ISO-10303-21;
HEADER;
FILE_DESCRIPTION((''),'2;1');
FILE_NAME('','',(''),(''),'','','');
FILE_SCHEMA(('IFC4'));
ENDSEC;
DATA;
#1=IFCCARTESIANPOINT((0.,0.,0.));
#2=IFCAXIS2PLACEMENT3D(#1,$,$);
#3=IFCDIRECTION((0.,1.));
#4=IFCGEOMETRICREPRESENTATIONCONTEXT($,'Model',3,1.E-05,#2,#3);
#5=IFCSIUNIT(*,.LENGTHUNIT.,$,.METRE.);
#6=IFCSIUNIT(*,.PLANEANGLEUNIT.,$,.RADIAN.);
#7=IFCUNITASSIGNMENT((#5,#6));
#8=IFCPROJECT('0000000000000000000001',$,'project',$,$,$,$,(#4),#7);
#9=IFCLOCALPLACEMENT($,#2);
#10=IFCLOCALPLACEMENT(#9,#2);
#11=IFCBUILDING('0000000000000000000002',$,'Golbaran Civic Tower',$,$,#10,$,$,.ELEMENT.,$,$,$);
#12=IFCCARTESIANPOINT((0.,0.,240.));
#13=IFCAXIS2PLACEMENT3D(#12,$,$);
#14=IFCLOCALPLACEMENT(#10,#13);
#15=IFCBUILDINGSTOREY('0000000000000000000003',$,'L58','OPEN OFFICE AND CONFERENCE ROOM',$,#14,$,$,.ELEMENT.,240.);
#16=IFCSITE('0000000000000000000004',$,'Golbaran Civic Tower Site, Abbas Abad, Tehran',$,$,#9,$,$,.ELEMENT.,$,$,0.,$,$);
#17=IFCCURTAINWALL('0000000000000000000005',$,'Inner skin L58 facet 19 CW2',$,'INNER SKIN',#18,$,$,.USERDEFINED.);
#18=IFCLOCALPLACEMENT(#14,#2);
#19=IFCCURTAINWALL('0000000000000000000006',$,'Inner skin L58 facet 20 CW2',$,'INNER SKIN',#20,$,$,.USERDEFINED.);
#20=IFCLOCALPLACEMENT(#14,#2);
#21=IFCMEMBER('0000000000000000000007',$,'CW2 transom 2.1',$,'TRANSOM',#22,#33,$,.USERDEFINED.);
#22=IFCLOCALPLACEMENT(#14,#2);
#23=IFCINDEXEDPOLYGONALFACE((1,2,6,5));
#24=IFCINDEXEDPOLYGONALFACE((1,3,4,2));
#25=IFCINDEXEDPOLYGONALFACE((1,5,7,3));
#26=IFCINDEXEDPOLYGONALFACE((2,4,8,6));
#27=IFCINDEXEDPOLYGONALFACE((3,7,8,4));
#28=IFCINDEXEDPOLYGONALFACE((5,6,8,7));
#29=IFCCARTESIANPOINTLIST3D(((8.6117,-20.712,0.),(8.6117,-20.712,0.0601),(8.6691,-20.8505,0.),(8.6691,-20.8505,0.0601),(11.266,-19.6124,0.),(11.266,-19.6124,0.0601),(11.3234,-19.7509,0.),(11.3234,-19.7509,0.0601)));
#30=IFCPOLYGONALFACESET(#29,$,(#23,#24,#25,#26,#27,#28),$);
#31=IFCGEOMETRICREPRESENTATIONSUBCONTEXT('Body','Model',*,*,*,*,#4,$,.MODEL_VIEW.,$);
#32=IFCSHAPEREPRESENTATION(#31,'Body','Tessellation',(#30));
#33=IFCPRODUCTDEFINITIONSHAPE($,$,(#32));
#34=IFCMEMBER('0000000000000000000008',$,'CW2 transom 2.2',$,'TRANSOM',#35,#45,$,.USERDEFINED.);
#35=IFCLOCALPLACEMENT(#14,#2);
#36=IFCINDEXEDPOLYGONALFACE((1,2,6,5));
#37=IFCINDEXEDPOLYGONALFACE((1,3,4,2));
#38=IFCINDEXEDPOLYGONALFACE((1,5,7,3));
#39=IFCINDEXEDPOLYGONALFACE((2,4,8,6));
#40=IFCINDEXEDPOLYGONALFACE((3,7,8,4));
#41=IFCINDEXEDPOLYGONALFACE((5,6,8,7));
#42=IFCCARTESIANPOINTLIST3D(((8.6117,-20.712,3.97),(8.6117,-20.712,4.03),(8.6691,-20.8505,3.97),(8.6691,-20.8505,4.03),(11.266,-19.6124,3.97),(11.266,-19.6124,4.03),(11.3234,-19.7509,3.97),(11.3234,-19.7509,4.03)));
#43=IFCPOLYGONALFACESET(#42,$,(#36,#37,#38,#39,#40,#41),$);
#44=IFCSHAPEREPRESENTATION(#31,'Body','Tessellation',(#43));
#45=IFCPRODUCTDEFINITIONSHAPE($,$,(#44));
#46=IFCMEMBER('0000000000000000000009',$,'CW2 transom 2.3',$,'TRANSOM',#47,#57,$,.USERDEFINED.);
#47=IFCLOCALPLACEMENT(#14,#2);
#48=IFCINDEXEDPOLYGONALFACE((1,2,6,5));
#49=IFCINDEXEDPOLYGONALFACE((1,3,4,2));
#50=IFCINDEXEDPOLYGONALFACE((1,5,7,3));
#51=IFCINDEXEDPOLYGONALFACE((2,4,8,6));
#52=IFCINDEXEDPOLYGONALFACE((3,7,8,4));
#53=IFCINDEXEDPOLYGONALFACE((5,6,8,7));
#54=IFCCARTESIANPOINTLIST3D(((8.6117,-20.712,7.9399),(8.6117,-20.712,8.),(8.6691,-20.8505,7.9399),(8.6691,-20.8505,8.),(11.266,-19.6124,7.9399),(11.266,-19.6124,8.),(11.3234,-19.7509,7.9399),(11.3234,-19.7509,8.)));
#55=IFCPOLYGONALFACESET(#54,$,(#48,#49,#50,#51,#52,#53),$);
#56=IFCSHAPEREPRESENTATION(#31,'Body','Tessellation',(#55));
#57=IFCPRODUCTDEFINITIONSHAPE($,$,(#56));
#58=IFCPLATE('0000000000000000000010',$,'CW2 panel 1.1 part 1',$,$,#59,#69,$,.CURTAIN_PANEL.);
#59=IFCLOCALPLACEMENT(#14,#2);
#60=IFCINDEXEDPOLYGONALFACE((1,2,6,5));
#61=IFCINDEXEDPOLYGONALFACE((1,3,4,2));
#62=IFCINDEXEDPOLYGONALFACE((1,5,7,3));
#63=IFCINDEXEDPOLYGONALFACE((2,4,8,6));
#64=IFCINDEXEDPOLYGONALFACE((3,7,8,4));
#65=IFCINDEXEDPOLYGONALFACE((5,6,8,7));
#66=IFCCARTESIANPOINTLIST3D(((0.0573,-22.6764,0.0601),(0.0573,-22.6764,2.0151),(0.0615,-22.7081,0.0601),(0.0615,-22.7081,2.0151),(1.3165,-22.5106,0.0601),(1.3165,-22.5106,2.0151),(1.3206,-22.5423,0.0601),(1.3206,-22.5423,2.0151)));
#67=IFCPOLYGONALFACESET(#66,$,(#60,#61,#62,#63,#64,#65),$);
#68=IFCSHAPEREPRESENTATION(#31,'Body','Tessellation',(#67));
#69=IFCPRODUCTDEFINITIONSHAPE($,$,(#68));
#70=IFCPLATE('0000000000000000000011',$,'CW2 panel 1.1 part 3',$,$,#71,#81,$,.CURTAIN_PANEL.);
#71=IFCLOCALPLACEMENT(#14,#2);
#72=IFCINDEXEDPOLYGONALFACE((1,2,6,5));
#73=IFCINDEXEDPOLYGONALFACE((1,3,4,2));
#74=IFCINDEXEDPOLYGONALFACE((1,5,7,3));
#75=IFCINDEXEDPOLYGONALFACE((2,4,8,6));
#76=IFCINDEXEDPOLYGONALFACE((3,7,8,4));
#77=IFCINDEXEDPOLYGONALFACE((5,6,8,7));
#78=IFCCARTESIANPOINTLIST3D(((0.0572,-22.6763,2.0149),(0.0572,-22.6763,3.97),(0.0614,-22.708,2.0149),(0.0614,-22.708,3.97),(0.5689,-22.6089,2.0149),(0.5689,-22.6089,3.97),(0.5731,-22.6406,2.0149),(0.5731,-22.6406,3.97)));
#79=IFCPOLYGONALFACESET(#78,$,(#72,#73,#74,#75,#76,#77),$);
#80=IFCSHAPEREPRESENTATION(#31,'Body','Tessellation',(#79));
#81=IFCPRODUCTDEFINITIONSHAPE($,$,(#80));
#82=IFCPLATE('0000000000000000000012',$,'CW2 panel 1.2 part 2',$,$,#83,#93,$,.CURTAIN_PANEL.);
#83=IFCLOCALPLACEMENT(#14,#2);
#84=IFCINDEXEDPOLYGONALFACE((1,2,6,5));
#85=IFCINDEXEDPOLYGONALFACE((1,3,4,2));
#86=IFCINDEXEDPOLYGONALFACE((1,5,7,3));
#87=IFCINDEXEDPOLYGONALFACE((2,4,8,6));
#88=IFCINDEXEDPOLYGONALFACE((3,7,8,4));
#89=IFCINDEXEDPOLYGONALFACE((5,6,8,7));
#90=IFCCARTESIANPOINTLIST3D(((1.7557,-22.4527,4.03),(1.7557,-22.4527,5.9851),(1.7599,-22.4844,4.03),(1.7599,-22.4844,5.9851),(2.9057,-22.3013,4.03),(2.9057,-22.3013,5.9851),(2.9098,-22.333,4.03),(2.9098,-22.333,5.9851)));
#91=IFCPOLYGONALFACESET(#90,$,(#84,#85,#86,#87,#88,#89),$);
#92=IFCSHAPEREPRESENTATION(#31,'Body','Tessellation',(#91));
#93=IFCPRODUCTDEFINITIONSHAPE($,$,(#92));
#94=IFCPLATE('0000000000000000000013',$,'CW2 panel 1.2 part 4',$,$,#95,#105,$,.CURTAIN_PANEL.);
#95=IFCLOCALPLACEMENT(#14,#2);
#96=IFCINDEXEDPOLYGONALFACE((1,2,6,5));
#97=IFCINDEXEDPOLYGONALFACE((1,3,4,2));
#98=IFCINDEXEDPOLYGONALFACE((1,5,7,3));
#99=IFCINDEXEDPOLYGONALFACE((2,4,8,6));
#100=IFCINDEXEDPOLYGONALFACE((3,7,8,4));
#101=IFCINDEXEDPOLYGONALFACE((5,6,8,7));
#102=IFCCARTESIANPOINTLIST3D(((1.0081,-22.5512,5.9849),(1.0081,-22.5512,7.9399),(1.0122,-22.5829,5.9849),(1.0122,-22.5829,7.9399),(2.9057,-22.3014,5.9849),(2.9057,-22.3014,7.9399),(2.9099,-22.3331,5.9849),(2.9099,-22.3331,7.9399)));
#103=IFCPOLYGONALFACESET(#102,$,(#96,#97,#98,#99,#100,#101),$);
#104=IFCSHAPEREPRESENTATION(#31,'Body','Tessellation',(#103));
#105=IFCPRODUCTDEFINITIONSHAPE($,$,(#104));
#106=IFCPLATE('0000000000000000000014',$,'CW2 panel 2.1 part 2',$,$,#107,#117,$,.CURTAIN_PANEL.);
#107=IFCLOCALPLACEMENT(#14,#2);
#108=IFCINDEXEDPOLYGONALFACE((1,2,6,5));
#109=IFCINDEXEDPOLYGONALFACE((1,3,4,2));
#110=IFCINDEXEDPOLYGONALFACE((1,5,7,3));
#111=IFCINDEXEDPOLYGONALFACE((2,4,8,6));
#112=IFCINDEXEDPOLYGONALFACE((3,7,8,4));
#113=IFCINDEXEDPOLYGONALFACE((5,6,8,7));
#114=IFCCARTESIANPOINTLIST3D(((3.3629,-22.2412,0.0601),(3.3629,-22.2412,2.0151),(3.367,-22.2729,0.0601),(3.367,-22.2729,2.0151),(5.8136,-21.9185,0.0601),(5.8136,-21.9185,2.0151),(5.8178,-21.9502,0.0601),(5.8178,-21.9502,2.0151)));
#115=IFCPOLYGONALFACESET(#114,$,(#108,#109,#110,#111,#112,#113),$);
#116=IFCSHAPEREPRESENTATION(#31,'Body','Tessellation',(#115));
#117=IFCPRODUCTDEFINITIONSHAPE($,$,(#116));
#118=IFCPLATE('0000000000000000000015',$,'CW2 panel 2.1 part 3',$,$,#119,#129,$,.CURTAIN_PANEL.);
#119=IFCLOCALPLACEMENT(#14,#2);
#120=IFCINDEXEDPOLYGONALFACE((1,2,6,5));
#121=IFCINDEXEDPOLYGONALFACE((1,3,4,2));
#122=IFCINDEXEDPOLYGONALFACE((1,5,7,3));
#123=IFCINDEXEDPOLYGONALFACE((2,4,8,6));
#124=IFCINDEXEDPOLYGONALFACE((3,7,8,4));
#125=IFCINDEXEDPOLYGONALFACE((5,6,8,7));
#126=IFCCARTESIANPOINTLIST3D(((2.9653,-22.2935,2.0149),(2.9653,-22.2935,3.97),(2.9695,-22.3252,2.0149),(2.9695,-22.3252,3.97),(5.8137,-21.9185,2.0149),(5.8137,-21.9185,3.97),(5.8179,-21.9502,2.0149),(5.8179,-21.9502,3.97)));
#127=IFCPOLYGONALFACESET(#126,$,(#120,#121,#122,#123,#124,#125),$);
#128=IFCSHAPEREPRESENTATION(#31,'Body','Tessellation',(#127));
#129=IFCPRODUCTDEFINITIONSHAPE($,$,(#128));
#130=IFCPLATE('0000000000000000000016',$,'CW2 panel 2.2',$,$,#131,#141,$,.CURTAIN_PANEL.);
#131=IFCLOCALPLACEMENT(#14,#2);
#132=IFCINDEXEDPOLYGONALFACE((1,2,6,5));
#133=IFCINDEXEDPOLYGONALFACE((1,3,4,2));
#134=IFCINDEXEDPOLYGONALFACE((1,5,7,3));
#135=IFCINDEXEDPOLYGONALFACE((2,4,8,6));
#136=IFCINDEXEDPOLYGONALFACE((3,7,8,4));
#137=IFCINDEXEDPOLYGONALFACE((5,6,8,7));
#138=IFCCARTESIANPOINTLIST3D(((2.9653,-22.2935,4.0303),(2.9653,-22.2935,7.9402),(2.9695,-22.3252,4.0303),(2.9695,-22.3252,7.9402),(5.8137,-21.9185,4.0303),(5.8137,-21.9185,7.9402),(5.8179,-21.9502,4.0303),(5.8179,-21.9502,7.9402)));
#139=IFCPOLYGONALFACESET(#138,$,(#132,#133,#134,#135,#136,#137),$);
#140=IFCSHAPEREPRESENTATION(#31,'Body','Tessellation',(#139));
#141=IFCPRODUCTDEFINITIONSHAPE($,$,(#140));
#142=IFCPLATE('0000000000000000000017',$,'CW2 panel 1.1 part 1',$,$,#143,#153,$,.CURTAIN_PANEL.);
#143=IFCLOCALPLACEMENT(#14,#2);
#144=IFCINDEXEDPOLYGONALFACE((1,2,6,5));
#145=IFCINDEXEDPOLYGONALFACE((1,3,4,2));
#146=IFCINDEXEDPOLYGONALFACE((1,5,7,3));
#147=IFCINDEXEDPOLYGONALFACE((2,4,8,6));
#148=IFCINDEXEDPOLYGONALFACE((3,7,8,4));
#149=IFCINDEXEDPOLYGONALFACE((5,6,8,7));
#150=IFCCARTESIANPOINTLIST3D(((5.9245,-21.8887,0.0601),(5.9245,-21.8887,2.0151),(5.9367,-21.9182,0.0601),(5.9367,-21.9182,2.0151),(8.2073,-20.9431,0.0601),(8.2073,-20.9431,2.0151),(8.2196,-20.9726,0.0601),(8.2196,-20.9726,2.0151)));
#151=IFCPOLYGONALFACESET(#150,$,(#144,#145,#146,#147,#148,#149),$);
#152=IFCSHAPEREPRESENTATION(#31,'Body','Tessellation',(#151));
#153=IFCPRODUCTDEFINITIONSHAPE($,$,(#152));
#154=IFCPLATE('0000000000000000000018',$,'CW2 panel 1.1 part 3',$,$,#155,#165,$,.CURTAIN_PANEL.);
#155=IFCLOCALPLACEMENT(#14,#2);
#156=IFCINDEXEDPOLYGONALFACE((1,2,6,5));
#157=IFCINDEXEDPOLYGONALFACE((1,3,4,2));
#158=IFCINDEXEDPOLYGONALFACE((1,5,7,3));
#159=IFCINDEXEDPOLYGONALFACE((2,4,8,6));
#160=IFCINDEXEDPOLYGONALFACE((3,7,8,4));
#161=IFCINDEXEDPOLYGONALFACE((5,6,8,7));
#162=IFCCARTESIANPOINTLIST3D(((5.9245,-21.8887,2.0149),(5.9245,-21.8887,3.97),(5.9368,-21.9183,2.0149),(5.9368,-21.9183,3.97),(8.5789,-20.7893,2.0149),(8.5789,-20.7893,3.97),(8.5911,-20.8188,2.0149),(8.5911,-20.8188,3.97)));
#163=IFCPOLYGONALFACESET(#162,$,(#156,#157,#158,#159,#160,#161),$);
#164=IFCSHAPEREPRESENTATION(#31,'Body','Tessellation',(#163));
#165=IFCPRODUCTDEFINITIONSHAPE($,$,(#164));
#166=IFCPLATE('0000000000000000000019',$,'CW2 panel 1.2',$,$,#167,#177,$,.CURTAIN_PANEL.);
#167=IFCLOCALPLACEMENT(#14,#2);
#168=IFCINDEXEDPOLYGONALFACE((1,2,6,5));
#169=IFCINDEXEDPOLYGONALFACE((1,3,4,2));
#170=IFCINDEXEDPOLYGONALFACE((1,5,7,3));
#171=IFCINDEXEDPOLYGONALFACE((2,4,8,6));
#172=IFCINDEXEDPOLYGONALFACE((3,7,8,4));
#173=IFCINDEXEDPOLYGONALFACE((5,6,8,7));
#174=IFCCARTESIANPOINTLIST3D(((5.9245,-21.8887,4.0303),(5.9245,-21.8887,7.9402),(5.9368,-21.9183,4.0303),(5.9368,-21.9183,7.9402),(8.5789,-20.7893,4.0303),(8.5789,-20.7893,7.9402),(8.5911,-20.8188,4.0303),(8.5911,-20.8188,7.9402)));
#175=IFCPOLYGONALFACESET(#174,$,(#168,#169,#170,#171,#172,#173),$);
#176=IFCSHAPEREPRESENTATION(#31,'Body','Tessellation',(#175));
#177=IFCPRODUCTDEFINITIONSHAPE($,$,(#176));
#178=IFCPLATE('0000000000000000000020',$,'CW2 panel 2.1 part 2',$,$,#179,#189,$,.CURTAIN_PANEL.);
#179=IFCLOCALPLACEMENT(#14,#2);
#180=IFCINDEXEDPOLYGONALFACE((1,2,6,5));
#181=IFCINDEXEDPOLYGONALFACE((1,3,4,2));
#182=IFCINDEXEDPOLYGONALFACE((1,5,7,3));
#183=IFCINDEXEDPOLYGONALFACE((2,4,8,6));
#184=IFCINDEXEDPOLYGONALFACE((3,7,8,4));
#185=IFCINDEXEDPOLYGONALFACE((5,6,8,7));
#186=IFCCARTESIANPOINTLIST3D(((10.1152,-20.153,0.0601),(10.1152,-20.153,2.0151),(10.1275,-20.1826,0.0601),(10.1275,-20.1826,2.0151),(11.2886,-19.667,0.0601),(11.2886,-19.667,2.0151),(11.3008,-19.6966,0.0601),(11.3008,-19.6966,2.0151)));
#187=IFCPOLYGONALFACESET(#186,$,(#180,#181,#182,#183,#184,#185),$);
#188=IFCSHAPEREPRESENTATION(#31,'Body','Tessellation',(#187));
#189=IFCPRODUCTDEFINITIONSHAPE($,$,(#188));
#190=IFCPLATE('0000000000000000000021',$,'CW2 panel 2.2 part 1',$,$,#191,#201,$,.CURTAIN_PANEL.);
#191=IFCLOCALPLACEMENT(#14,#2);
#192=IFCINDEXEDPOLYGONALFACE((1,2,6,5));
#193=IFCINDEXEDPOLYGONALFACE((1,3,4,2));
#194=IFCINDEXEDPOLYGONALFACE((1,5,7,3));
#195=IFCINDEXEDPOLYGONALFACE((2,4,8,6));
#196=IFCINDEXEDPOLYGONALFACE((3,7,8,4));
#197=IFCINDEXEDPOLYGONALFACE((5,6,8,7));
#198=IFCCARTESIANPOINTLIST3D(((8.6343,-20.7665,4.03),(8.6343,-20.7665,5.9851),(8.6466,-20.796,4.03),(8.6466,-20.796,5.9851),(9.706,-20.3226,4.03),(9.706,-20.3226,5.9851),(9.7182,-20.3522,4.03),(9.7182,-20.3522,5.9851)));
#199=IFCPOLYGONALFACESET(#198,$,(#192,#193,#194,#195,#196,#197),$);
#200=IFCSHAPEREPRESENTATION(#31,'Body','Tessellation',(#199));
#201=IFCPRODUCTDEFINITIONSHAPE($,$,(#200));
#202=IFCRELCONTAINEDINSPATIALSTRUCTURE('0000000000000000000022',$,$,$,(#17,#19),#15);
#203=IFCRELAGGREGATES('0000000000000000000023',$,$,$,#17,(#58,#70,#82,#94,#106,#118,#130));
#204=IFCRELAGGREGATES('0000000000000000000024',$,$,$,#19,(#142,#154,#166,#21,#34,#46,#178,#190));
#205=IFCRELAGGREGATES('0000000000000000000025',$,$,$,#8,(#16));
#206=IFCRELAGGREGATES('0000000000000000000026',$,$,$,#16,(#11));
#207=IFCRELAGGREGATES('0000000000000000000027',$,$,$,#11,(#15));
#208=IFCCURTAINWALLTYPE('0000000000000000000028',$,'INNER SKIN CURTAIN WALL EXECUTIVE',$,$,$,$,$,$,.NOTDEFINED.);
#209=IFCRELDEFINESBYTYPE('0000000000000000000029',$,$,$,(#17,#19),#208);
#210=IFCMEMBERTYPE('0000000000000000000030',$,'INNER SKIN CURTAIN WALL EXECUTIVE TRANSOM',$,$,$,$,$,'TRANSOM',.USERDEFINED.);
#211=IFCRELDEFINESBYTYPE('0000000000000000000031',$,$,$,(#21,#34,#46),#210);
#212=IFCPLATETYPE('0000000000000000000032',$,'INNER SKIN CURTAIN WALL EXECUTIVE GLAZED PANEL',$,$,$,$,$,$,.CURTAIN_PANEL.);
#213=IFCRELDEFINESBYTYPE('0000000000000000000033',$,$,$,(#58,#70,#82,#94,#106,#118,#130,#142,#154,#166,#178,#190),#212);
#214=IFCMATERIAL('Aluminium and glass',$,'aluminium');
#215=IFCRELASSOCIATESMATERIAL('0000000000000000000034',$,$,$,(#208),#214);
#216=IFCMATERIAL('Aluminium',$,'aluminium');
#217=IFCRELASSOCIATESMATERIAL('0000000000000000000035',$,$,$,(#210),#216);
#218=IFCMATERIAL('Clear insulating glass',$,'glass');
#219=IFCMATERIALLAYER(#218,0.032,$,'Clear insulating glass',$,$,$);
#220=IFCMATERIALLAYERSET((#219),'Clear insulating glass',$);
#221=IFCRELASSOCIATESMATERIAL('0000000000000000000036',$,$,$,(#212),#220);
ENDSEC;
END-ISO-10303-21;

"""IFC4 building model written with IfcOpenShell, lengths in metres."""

from ifc_helpers import new_model, si_unit, direction, frame, origin, origin_2d, place, context, subcontext, project, spatial, rectangle, extrude, material, layer, layer_set, material_profile, profile_set, type_object, element, aggregate, save


model = new_model("IFC4")

# Units and contexts
model_context = context("Model", 3, precision=1e-05, world=origin(), true_north=direction((0.0, 1.0)))
body_context = subcontext(model_context, "Body", "Model", "MODEL_VIEW")
ifc_project = project(units=[si_unit("LENGTHUNIT", "METRE"), si_unit("PLANEANGLEUNIT", "RADIAN")], contexts=[model_context])

# Site, building, storey
site_placement = place(None, origin())
site = spatial("IfcSite", under=ifc_project, at=site_placement, Name="Golbaran Civic Tower Site, Abbas Abad, Tehran", CompositionType="ELEMENT", RefElevation=0.0)
building_placement = place(site_placement, origin())
building = spatial("IfcBuilding", under=site, at=building_placement, Name="Golbaran Civic Tower", CompositionType="ELEMENT")
storey_placement = place(building_placement, frame((0.0, 0.0, 240.0)))
storey = spatial("IfcBuildingStorey", under=building, at=storey_placement, Name="L58", Description="OPEN OFFICE AND CONFERENCE ROOM", CompositionType="ELEMENT", Elevation=240.0)

# Curtain walls
ifc_material_1 = material(Name="Aluminium and glass", Category="aluminium")
curtain_wall_type = type_object("IfcCurtainWallType", Name="INNER SKIN CURTAIN WALL EXECUTIVE", PredefinedType="NOTDEFINED", material=ifc_material_1)
curtain_wall_1_placement = place(storey_placement, origin())
curtain_wall_1 = element("IfcCurtainWall", 1, at=curtain_wall_1_placement, inside=storey, type_object=curtain_wall_type, Name="Inner skin L58 facet 19 CW2", ObjectType="INNER SKIN", PredefinedType="USERDEFINED")
ifc_material_2 = material(Name="Aluminium", Category="aluminium")
curtain_wall_2_placement = place(storey_placement, origin())
curtain_wall_2 = element("IfcCurtainWall", 2, at=curtain_wall_2_placement, inside=storey, type_object=curtain_wall_type, Name="Inner skin L58 facet 20 CW2", ObjectType="INNER SKIN", PredefinedType="USERDEFINED")

# Members
ifc_material_profile_1 = material_profile(ifc_material_2, rectangle(XDim=0.1499, YDim=0.0601, at=origin_2d()), Name="INNER SKIN CURTAIN WALL EXECUTIVE TRANSOM")
ifc_profile_set_1 = profile_set([ifc_material_profile_1], Name="Aluminium")
member_type_1 = type_object("IfcMemberType", Name="INNER SKIN CURTAIN WALL EXECUTIVE TRANSOM", ElementType="TRANSOM", PredefinedType="USERDEFINED", material=ifc_profile_set_1)
member_1_placement = place(storey_placement, frame((8.6404, -20.7812, 0.03), z_axis=(0.923859, 0.382732, 0.0), x_axis=(-0.382732, 0.923859, 0.0)))
member_1 = element("IfcMember", 3, at=member_1_placement, type_object=member_type_1, Name="CW2 transom 2.1", ObjectType="TRANSOM", PredefinedType="USERDEFINED", context=body_context, shape_type="SweptSolid", body=[
    extrude(rectangle(XDim=0.1499, YDim=0.0601, at=origin_2d()), origin(), (0.0, 0.0, 1.0), 2.873),
])
member_2_placement = place(storey_placement, frame((8.6404, -20.7812, 4.0), z_axis=(0.923859, 0.382732, 0.0), x_axis=(-0.382732, 0.923859, 0.0)))
member_2 = element("IfcMember", 4, at=member_2_placement, type_object=member_type_1, Name="CW2 transom 2.2", ObjectType="TRANSOM", PredefinedType="USERDEFINED", context=body_context, shape_type="SweptSolid", body=[
    extrude(rectangle(XDim=0.1499, YDim=0.0601, at=origin_2d()), origin(), (0.0, 0.0, 1.0), 2.873),
])
member_3_placement = place(storey_placement, frame((8.6404, -20.7812, 7.97), z_axis=(0.923859, 0.382732, 0.0), x_axis=(-0.382732, 0.923859, 0.0)))
member_3 = element("IfcMember", 5, at=member_3_placement, type_object=member_type_1, Name="CW2 transom 2.3", ObjectType="TRANSOM", PredefinedType="USERDEFINED", context=body_context, shape_type="SweptSolid", body=[
    extrude(rectangle(XDim=0.1499, YDim=0.0601, at=origin_2d()), origin(), (0.0, 0.0, 1.0), 2.873),
])

# Plates
ifc_material_3 = material(Name="Clear insulating glass", Category="glass")
ifc_layer_1 = layer(ifc_material_3, 0.032, Name="Clear insulating glass")
ifc_layer_set_1 = layer_set([ifc_layer_1], Name="Clear insulating glass")
plate_type_1 = type_object("IfcPlateType", Name="INNER SKIN CURTAIN WALL EXECUTIVE GLAZED PANEL", PredefinedType="CURTAIN_PANEL", material=ifc_layer_set_1)
plate_1_placement = place(storey_placement, frame((0.689, -22.6094, 0.0601), z_axis=(0.0, 0.0, 1.0), x_axis=(0.991445, 0.130526, 0.0)))
plate_1 = element("IfcPlate", 6, at=plate_1_placement, type_object=plate_type_1, Name="CW2 panel 1.1 part 1", PredefinedType="CURTAIN_PANEL", context=body_context, shape_type="SweptSolid", body=[
    extrude(rectangle(XDim=1.27, YDim=0.032, at=origin_2d()), origin(), (0.0, 0.0, 1.0), 1.9551),
])
plate_2_placement = place(storey_placement, frame((0.3152, -22.6584, 2.0149), z_axis=(0.0, 0.0, 1.0), x_axis=(0.991445, 0.130526, 0.0)))
plate_2 = element("IfcPlate", 7, at=plate_2_placement, type_object=plate_type_1, Name="CW2 panel 1.1 part 3", PredefinedType="CURTAIN_PANEL", context=body_context, shape_type="SweptSolid", body=[
    extrude(rectangle(XDim=0.5161, YDim=0.032, at=origin_2d()), origin(), (0.0, 0.0, 1.0), 1.9551),
])
plate_3_placement = place(storey_placement, frame((2.3328, -22.3928, 4.03), z_axis=(0.0, 0.0, 1.0), x_axis=(0.991445, 0.130526, 0.0)))
plate_3 = element("IfcPlate", 8, at=plate_3_placement, type_object=plate_type_1, Name="CW2 panel 1.2 part 2", PredefinedType="CURTAIN_PANEL", context=body_context, shape_type="SweptSolid", body=[
    extrude(rectangle(XDim=1.1599, YDim=0.032, at=origin_2d()), origin(), (0.0, 0.0, 1.0), 1.9551),
])
plate_4_placement = place(storey_placement, frame((1.959, -22.4421, 5.9849), z_axis=(0.0, 0.0, 1.0), x_axis=(0.991445, 0.130526, 0.0)))
plate_4 = element("IfcPlate", 9, at=plate_4_placement, type_object=plate_type_1, Name="CW2 panel 1.2 part 4", PredefinedType="CURTAIN_PANEL", context=body_context, shape_type="SweptSolid", body=[
    extrude(rectangle(XDim=1.9141, YDim=0.032, at=origin_2d()), origin(), (0.0, 0.0, 1.0), 1.9551),
])
plate_5_placement = place(storey_placement, frame((4.5903, -22.0957, 0.0601), z_axis=(0.0, 0.0, 1.0), x_axis=(0.991445, 0.130526, 0.0)))
plate_5 = element("IfcPlate", 10, at=plate_5_placement, type_object=plate_type_1, Name="CW2 panel 2.1 part 2", PredefinedType="CURTAIN_PANEL", context=body_context, shape_type="SweptSolid", body=[
    extrude(rectangle(XDim=2.4719, YDim=0.032, at=origin_2d()), origin(), (0.0, 0.0, 1.0), 1.9551),
])
plate_6_placement = place(storey_placement, frame((4.3916, -22.1218, 2.0149), z_axis=(0.0, 0.0, 1.0), x_axis=(0.991445, 0.130526, 0.0)))
plate_6 = element("IfcPlate", 11, at=plate_6_placement, type_object=plate_type_1, Name="CW2 panel 2.1 part 3", PredefinedType="CURTAIN_PANEL", context=body_context, shape_type="SweptSolid", body=[
    extrude(rectangle(XDim=2.873, YDim=0.032, at=origin_2d()), origin(), (0.0, 0.0, 1.0), 1.9551),
])
plate_7_placement = place(storey_placement, frame((4.3916, -22.1218, 4.0303), z_axis=(0.0, 0.0, 1.0), x_axis=(0.991445, 0.130526, 0.0)))
plate_7 = element("IfcPlate", 12, at=plate_7_placement, type_object=plate_type_1, Name="CW2 panel 2.2", PredefinedType="CURTAIN_PANEL", context=body_context, shape_type="SweptSolid", body=[
    extrude(rectangle(XDim=2.873, YDim=0.032, at=origin_2d()), origin(), (0.0, 0.0, 1.0), 3.9099),
])
plate_8_placement = place(storey_placement, frame((7.072, -21.4307, 0.0601), z_axis=(0.0, 0.0, 1.0), x_axis=(0.92388, 0.382683, 0.0)))
plate_8 = element("IfcPlate", 13, at=plate_8_placement, type_object=plate_type_1, Name="CW2 panel 1.1 part 1", PredefinedType="CURTAIN_PANEL", context=body_context, shape_type="SweptSolid", body=[
    extrude(rectangle(XDim=2.4709, YDim=0.032, at=origin_2d()), origin(), (0.0, 0.0, 1.0), 1.9551),
])
plate_9_placement = place(storey_placement, frame((7.2578, -21.3538, 2.0149), z_axis=(0.0, 0.0, 1.0), x_axis=(0.92388, 0.382683, 0.0)))
plate_9 = element("IfcPlate", 14, at=plate_9_placement, type_object=plate_type_1, Name="CW2 panel 1.1 part 3", PredefinedType="CURTAIN_PANEL", context=body_context, shape_type="SweptSolid", body=[
    extrude(rectangle(XDim=2.873, YDim=0.032, at=origin_2d()), origin(), (0.0, 0.0, 1.0), 1.9551),
])
plate_10_placement = place(storey_placement, frame((7.2578, -21.3538, 4.0303), z_axis=(0.0, 0.0, 1.0), x_axis=(0.92388, 0.382683, 0.0)))
plate_10 = element("IfcPlate", 15, at=plate_10_placement, type_object=plate_type_1, Name="CW2 panel 1.2", PredefinedType="CURTAIN_PANEL", context=body_context, shape_type="SweptSolid", body=[
    extrude(rectangle(XDim=2.873, YDim=0.032, at=origin_2d()), origin(), (0.0, 0.0, 1.0), 3.9099),
])
plate_11_placement = place(storey_placement, frame((10.708, -19.9248, 0.0601), z_axis=(0.0, 0.0, 1.0), x_axis=(0.92388, 0.382683, 0.0)))
plate_11 = element("IfcPlate", 16, at=plate_11_placement, type_object=plate_type_1, Name="CW2 panel 2.1 part 2", PredefinedType="CURTAIN_PANEL", context=body_context, shape_type="SweptSolid", body=[
    extrude(rectangle(XDim=1.27, YDim=0.032, at=origin_2d()), origin(), (0.0, 0.0, 1.0), 1.9551),
])
plate_12_placement = place(storey_placement, frame((9.1763, -20.5593, 4.03), z_axis=(0.0, 0.0, 1.0), x_axis=(0.92388, 0.382683, 0.0)))
plate_12 = element("IfcPlate", 17, at=plate_12_placement, type_object=plate_type_1, Name="CW2 panel 2.2 part 1", PredefinedType="CURTAIN_PANEL", context=body_context, shape_type="SweptSolid", body=[
    extrude(rectangle(XDim=1.1599, YDim=0.032, at=origin_2d()), origin(), (0.0, 0.0, 1.0), 1.9551),
])
aggregate(curtain_wall_1, [plate_1, plate_2, plate_3, plate_4, plate_5, plate_6, plate_7])
aggregate(curtain_wall_2, [plate_8, plate_9, plate_10, member_1, member_2, member_3, plate_11, plate_12])

save(model, "model.ifc")
